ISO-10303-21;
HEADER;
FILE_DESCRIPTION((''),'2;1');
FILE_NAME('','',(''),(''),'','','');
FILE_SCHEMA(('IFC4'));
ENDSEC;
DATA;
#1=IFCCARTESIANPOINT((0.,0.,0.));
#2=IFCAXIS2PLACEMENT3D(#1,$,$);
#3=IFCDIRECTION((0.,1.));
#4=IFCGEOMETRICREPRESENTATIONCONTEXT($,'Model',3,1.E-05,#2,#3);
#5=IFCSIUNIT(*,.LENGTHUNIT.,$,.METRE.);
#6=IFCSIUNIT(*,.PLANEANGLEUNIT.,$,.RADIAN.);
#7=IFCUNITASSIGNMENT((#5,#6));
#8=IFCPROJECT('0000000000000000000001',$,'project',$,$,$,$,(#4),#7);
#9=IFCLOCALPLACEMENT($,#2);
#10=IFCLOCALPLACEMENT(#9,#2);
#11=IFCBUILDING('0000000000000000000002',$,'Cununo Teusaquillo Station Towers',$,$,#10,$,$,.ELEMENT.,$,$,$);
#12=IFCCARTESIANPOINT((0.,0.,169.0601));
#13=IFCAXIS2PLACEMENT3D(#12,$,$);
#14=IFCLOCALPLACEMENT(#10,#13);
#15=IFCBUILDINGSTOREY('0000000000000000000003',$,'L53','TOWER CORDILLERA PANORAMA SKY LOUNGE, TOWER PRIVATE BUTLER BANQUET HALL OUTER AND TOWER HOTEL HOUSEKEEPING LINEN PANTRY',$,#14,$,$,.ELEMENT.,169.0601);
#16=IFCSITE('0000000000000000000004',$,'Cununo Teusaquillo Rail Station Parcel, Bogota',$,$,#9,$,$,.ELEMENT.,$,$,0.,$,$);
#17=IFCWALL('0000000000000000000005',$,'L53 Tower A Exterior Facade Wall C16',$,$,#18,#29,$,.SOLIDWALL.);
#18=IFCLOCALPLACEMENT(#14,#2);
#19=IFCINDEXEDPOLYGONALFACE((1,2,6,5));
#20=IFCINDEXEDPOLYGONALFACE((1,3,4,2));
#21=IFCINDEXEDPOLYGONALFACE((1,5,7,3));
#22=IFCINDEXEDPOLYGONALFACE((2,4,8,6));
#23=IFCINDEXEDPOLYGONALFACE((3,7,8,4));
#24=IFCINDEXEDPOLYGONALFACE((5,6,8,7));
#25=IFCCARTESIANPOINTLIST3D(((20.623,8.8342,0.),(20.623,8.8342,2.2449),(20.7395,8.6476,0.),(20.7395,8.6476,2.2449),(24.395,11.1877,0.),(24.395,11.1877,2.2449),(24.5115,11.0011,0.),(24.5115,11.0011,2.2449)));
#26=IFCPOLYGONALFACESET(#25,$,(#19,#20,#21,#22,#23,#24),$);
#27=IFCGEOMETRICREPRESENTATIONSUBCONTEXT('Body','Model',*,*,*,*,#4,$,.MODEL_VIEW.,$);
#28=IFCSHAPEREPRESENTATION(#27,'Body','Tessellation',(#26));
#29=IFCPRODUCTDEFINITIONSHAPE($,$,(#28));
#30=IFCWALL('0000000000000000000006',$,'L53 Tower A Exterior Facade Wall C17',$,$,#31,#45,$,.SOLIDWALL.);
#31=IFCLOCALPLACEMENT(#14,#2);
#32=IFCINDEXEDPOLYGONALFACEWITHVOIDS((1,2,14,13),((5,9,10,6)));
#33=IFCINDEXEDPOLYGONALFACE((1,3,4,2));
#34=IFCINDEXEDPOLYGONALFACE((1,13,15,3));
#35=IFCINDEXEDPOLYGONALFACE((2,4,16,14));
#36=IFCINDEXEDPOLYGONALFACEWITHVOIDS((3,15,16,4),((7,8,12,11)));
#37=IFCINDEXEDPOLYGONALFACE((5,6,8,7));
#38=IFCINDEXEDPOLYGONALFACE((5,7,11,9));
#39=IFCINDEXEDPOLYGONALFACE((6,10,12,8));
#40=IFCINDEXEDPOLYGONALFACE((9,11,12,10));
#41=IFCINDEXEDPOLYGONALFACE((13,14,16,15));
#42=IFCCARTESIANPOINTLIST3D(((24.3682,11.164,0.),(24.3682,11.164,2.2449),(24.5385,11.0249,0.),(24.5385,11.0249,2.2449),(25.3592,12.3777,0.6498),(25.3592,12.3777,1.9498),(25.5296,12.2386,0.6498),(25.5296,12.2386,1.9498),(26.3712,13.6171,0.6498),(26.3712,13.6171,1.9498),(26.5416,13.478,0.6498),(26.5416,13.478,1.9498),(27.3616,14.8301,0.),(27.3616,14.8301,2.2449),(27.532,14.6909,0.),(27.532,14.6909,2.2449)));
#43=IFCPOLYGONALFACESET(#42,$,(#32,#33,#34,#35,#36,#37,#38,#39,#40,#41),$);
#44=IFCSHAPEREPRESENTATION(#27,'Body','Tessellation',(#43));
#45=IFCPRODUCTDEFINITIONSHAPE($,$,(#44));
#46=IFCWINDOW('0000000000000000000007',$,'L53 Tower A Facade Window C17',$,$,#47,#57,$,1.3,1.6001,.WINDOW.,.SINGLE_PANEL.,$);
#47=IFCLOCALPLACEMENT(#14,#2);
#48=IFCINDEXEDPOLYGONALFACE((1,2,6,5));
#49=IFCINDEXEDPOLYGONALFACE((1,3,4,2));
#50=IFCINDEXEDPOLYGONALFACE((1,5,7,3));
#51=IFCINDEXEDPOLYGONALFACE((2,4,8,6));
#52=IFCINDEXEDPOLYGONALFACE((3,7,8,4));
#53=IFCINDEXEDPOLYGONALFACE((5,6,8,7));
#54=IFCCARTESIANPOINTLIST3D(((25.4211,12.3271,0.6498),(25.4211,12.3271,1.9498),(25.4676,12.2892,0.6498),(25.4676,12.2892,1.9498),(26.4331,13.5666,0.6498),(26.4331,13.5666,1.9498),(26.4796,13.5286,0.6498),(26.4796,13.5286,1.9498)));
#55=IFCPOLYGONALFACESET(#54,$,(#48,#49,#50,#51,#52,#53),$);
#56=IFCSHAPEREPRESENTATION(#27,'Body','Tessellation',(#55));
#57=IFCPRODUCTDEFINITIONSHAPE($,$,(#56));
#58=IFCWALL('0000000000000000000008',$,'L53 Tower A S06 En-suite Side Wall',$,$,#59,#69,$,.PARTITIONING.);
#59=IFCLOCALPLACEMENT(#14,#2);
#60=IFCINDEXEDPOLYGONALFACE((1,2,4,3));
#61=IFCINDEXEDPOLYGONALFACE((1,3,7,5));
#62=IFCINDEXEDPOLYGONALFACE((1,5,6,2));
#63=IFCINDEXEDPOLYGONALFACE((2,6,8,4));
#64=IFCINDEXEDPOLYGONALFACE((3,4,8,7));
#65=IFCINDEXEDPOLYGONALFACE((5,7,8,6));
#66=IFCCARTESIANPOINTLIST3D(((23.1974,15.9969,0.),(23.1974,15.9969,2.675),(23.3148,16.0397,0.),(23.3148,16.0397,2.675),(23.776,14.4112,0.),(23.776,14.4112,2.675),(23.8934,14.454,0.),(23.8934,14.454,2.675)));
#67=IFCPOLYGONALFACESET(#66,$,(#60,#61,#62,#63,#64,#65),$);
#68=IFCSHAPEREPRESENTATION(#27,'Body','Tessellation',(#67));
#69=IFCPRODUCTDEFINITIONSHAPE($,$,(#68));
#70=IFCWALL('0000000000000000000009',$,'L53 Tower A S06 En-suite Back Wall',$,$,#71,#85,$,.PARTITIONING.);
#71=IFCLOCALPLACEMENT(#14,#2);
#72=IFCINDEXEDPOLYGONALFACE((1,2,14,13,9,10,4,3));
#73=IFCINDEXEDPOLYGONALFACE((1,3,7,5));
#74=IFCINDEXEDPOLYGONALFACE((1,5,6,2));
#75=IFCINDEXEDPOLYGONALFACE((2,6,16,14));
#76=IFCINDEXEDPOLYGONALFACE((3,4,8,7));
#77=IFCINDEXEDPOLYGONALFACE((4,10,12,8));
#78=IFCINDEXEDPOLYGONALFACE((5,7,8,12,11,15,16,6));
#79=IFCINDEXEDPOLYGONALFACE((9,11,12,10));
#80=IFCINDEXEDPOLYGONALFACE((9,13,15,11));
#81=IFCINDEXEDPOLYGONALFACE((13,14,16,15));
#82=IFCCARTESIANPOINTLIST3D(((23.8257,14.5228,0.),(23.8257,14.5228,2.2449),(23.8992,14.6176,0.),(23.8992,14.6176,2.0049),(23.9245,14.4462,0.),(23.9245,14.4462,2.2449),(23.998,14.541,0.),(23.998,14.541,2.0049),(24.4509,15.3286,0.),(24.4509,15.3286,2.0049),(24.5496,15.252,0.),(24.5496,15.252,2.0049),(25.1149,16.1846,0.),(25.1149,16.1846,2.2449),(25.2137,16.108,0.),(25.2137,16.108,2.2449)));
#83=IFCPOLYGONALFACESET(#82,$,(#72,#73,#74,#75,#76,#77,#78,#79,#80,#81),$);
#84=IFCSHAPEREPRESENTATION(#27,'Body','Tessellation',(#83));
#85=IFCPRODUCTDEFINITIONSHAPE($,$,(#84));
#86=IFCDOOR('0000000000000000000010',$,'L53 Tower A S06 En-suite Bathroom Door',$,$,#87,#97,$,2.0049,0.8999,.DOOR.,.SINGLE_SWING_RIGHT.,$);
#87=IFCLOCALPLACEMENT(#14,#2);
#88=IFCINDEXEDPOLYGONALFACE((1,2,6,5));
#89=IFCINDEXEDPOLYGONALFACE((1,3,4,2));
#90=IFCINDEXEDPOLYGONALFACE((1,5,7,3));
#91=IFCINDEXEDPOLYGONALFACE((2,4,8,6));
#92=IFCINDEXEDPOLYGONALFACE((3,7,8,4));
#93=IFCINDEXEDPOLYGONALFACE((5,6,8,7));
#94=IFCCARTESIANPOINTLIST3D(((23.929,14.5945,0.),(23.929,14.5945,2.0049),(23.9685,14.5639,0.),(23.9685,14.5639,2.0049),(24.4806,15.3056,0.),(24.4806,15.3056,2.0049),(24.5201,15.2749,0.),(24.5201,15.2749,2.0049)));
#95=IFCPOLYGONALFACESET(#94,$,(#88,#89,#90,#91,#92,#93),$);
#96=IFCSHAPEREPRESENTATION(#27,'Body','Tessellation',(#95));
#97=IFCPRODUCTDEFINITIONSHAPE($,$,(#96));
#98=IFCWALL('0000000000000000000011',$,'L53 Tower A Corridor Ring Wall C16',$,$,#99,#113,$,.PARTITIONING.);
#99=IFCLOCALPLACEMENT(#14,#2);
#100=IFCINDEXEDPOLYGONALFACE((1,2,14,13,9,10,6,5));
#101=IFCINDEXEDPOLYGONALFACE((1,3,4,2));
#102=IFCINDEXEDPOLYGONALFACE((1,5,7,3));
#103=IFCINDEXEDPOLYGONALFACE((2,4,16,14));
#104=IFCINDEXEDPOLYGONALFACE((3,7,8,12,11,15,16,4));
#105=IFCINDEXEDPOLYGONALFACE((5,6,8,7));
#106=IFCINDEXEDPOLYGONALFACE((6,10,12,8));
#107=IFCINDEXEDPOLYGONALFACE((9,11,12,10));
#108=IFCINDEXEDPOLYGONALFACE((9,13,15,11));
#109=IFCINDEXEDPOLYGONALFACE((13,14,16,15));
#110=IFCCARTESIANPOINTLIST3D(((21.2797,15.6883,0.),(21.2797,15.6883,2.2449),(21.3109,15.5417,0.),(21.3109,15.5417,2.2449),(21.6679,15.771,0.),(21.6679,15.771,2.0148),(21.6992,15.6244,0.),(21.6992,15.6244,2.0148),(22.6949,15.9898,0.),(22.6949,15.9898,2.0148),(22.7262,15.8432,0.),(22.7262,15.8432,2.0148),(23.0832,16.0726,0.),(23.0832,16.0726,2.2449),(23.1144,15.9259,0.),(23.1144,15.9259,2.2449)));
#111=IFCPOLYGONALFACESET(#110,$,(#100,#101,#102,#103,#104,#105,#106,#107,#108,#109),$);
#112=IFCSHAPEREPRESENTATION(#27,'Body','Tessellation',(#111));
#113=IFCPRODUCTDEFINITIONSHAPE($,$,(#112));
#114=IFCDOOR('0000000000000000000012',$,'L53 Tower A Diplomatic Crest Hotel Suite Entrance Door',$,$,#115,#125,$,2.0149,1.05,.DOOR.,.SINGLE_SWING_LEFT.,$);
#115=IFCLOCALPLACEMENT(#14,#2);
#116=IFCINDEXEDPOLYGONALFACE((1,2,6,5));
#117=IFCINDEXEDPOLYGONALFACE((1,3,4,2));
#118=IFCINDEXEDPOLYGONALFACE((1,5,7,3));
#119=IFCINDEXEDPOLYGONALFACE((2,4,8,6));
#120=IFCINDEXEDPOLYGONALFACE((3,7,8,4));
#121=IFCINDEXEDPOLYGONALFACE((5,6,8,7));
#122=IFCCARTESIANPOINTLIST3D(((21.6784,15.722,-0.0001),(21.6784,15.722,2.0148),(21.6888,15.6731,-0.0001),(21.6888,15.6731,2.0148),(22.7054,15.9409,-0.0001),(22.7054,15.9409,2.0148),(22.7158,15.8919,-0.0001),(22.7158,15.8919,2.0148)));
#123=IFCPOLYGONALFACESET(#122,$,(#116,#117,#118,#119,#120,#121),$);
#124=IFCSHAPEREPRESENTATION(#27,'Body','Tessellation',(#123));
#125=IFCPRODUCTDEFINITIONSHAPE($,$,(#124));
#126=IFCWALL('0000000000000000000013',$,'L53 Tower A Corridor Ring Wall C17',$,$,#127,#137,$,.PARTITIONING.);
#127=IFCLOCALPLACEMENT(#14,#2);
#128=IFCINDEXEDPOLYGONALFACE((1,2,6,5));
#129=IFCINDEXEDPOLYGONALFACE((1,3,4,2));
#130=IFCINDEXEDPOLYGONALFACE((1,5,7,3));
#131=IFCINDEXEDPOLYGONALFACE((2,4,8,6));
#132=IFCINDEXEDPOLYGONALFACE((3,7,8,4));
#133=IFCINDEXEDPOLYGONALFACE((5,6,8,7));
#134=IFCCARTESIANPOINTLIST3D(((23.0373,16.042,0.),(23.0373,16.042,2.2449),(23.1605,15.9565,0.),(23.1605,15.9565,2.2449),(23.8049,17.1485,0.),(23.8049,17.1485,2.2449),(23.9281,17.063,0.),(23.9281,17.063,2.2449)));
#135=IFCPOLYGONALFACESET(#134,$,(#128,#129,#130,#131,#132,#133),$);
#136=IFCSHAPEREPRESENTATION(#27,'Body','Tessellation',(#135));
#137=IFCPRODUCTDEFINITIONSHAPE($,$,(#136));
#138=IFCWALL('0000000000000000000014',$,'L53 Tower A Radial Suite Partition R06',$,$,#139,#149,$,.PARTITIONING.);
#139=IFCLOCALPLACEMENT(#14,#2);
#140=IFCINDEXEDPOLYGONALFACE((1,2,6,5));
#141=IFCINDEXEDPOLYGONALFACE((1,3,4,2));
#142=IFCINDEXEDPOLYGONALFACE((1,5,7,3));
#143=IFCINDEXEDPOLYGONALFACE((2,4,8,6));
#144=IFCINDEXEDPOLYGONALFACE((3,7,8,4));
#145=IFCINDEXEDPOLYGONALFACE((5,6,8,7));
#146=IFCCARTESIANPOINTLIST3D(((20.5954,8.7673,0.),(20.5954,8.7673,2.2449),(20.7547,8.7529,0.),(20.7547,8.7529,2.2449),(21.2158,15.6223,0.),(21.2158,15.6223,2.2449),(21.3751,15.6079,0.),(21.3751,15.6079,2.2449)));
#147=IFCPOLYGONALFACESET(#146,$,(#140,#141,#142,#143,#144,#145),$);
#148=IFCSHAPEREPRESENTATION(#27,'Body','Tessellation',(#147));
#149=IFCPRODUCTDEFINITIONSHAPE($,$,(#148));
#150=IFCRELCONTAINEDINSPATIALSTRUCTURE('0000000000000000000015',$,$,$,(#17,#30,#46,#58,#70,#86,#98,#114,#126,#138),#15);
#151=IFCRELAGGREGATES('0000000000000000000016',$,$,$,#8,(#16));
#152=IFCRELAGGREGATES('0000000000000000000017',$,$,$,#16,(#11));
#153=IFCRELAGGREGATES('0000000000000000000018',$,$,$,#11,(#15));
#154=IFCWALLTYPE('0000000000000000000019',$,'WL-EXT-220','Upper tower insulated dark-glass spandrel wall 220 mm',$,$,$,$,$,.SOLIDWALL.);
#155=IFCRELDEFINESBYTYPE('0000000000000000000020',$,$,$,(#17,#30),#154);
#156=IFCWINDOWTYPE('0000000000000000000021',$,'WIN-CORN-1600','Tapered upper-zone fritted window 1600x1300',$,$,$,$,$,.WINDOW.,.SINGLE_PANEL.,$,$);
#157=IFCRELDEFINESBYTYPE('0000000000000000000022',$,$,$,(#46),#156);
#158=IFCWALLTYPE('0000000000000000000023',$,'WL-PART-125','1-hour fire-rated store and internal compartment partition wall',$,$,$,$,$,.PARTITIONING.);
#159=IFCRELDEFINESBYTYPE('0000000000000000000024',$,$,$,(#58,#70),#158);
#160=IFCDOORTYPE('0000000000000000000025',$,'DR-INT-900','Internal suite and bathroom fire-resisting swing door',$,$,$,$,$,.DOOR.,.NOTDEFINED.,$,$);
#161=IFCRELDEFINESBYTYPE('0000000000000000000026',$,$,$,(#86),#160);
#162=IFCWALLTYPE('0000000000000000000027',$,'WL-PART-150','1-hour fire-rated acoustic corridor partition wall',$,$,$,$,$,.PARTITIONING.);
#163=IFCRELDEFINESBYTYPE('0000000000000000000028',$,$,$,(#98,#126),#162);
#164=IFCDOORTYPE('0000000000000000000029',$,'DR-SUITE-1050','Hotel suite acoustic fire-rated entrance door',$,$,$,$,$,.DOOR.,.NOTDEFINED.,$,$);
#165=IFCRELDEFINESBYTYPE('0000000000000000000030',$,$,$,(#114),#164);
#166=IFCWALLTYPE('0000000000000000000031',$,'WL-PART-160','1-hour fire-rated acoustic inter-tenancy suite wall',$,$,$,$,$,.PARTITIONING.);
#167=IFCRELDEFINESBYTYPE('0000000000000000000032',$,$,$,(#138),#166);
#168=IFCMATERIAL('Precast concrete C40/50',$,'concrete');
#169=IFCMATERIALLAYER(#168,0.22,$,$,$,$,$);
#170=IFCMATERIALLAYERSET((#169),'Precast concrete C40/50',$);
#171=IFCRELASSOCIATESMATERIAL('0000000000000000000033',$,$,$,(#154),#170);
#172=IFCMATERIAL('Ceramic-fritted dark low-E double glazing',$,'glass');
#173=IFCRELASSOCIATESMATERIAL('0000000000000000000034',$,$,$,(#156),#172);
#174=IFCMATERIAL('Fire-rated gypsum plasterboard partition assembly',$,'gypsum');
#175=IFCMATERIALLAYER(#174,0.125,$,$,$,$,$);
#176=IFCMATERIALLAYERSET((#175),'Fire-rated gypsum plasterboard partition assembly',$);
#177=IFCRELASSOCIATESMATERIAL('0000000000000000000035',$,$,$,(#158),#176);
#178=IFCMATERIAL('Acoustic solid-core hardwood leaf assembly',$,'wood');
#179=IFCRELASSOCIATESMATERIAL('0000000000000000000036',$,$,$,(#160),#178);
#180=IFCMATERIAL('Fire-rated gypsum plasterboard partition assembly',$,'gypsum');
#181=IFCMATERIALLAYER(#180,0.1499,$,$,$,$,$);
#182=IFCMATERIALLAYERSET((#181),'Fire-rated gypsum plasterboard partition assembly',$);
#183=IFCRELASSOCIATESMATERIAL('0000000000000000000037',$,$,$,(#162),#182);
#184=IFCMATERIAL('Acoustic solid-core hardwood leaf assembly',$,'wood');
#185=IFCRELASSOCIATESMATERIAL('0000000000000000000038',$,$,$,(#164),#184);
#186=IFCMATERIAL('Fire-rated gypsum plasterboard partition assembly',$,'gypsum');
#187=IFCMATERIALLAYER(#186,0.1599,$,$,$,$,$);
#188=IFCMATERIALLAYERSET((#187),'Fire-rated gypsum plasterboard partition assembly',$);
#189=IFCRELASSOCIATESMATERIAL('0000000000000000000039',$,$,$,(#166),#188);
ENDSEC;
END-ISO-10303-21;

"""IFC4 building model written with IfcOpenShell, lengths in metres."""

from ifc_helpers import new_model, si_unit, direction, frame, frame_2d, origin, place, context, subcontext, project, spatial, rectangle, extrude, source, transform, mapped, material, layer, layer_set, type_object, element, fill, save


model = new_model("IFC4")

# Units and contexts
model_context = context("Model", 3, precision=1e-05, world=origin(), true_north=direction((0.0, 1.0)))
body_context = subcontext(model_context, "Body", "Model", "MODEL_VIEW")
ifc_project = project(units=[si_unit("LENGTHUNIT", "METRE"), si_unit("PLANEANGLEUNIT", "RADIAN")], contexts=[model_context])

# Site, building, storey
site_placement = place(None, origin())
site = spatial("IfcSite", under=ifc_project, at=site_placement, Name="Cununo Teusaquillo Rail Station Parcel, Bogota", CompositionType="ELEMENT", RefElevation=0.0)
building_placement = place(site_placement, origin())
building = spatial("IfcBuilding", under=site, at=building_placement, Name="Cununo Teusaquillo Station Towers", CompositionType="ELEMENT")
storey_placement = place(building_placement, frame((0.0, 0.0, 169.0601)))
storey = spatial("IfcBuildingStorey", under=building, at=storey_placement, Name="L53", Description="TOWER CORDILLERA PANORAMA SKY LOUNGE, TOWER PRIVATE BUTLER BANQUET HALL OUTER AND TOWER HOTEL HOUSEKEEPING LINEN PANTRY", CompositionType="ELEMENT", Elevation=169.0601)

# Shared definitions
ifc_material_1 = material(Name="Precast concrete C40/50", Category="concrete")
ifc_layer_1 = layer(ifc_material_1, 0.22)
ifc_layer_set_1 = layer_set([ifc_layer_1], Name="Precast concrete C40/50")
wall_type_1 = type_object("IfcWallType", Name="WL-EXT-220", Description="Upper tower insulated dark-glass spandrel wall 220 mm", PredefinedType="SOLIDWALL", material=ifc_layer_set_1)
shared_shape_1 = source(origin(), body_context, "Body", "SweptSolid", [
    extrude(rectangle(XDim=1.6001, YDim=1.3, at=frame_2d((0.8, 0.6499))), frame((0.0, 0.1199, 0.0), z_axis=(0.0, -1.0, 0.0), x_axis=(1.0, 0.0, 0.0)), (0.0, 0.0, 1.0), 0.24),
])
ifc_material_2 = material(Name="Ceramic-fritted dark low-E double glazing", Category="glass")
window_type = type_object("IfcWindowType", Name="WIN-CORN-1600", Description="Tapered upper-zone fritted window 1600x1300", PartitioningType="SINGLE_PANEL", PredefinedType="WINDOW", material=ifc_material_2)
shared_shape_2 = source(origin(), body_context, "Body", "SweptSolid", [
    extrude(rectangle(XDim=1.6001, YDim=1.3, at=frame_2d((0.8, 0.6499))), frame((0.0, 0.03, 0.0), z_axis=(0.0, -1.0, 0.0), x_axis=(1.0, 0.0, 0.0)), (0.0, 0.0, 1.0), 0.0601),
])

# Wall
wall_1_placement = place(storey_placement, frame((24.4534, 11.0945, 0.0), z_axis=(0.0, 0.0, 1.0), x_axis=(-0.848399, -0.529357, 0.0)))
element("IfcWall", 1, at=wall_1_placement, inside=storey, type_object=wall_type_1, Name="L53 Tower A Exterior Facade Wall C16", PredefinedType="SOLIDWALL", context=body_context, shape_type="SweptSolid", body=[
    extrude(rectangle(XDim=4.446, YDim=0.22, at=frame_2d((2.2231, 0.0))), origin(), (0.0, 0.0, 1.0), 2.2449),
])

# Wall, opening, window
wall_2_placement = place(storey_placement, frame((27.4468, 14.7605, 0.0), z_axis=(0.0, 0.0, 1.0), x_axis=(-0.632471, -0.774584, 0.0)))
wall_2 = element("IfcWall", 2, at=wall_2_placement, inside=storey, type_object=wall_type_1, Name="L53 Tower A Exterior Facade Wall C17", PredefinedType="SOLIDWALL", context=body_context, shape_type="SweptSolid", body=[
    extrude(rectangle(XDim=4.7329, YDim=0.22, at=frame_2d((2.3665, 0.0))), origin(), (0.0, 0.0, 1.0), 2.2449),
])
opening_1_placement = place(wall_2_placement, frame((1.5659, 0.0, 0.6499)))
opening_1 = element("IfcOpeningElement", 3, at=opening_1_placement, cuts=wall_2, PredefinedType="OPENING", context=body_context, shape_type="MappedRepresentation", body=[
    mapped(shared_shape_1, transform((0.0, 0.0, 0.0), x_axis=(1.0, 0.0, 0.0), y_axis=(0.0, 1.0, 0.0), z_axis=(0.0, 0.0, 1.0), scale=1.0)),
])
window_1_placement = place(opening_1_placement, origin())
window_1 = element("IfcWindow", 4, at=window_1_placement, inside=storey, type_object=window_type, Name="L53 Tower A Facade Window C17", OverallHeight=1.3, OverallWidth=1.6001, PartitioningType="SINGLE_PANEL", PredefinedType="WINDOW", context=body_context, shape_type="MappedRepresentation", body=[
    mapped(shared_shape_2, transform((0.0, 0.0, 0.0), x_axis=(1.0, 0.0, 0.0), y_axis=(0.0, 1.0, 0.0), z_axis=(0.0, 0.0, 1.0), scale=1.0)),
])
fill(opening_1, window_1)

# Wall
ifc_material_3 = material(Name="Fire-rated gypsum plasterboard partition assembly", Category="gypsum")
ifc_layer_2 = layer(ifc_material_3, 0.125)
ifc_layer_set_2 = layer_set([ifc_layer_2], Name="Fire-rated gypsum plasterboard partition assembly")
wall_type_2 = type_object("IfcWallType", Name="WL-PART-125", Description="1-hour fire-rated store and internal compartment partition wall", PredefinedType="PARTITIONING", material=ifc_layer_set_2)
wall_3_placement = place(storey_placement, frame((23.2561, 16.0183, 0.0), z_axis=(0.0, 0.0, 1.0), x_axis=(0.342788, -0.939413, 0.0)))
element("IfcWall", 5, at=wall_3_placement, inside=storey, type_object=wall_type_2, Name="L53 Tower A S06 En-suite Side Wall", PredefinedType="PARTITIONING", context=body_context, shape_type="SweptSolid", body=[
    extrude(rectangle(XDim=1.688, YDim=0.125, at=frame_2d((0.844, 0.0))), origin(), (0.0, 0.0, 1.0), 2.675),
])

# Walls, openings, doors
wall_4_placement = place(storey_placement, frame((23.875, 14.4844, 0.0), z_axis=(0.0, 0.0, 1.0), x_axis=(0.612976, 0.790102, 0.0)))
wall_4 = element("IfcWall", 6, at=wall_4_placement, inside=storey, type_object=wall_type_2, Name="L53 Tower A S06 En-suite Back Wall", PredefinedType="PARTITIONING", context=body_context, shape_type="SweptSolid", body=[
    extrude(rectangle(XDim=2.1033, YDim=0.125, at=frame_2d((1.0518, 0.0))), origin(), (0.0, 0.0, 1.0), 2.2449),
])
shared_shape_3 = source(origin(), body_context, "Body", "SweptSolid", [
    extrude(rectangle(XDim=0.8999, YDim=2.0049, at=frame_2d((0.45, 1.0024))), frame((0.0, 0.0725, 0.0), z_axis=(0.0, -1.0, 0.0), x_axis=(1.0, 0.0, 0.0)), (0.0, 0.0, 1.0), 0.145),
])
opening_2_placement = place(wall_4_placement, frame((0.1201, 0.0, 0.0)))
opening_2 = element("IfcOpeningElement", 7, at=opening_2_placement, cuts=wall_4, PredefinedType="OPENING", context=body_context, shape_type="MappedRepresentation", body=[
    mapped(shared_shape_3, transform((0.0, 0.0, 0.0), x_axis=(1.0, 0.0, 0.0), y_axis=(0.0, 1.0, 0.0), z_axis=(0.0, 0.0, 1.0), scale=1.0)),
])
ifc_material_4 = material(Name="Acoustic solid-core hardwood leaf assembly", Category="wood")
door_type_1 = type_object("IfcDoorType", Name="DR-INT-900", Description="Internal suite and bathroom fire-resisting swing door", OperationType="NOTDEFINED", PredefinedType="DOOR", material=ifc_material_4)
shared_shape_4 = source(origin(), body_context, "Body", "SweptSolid", [
    extrude(rectangle(XDim=0.8999, YDim=2.0049, at=frame_2d((0.45, 1.0024))), frame((0.0, 0.0249, 0.0), z_axis=(0.0, -1.0, 0.0), x_axis=(1.0, 0.0, 0.0)), (0.0, 0.0, 1.0), 0.05),
])
door_1_placement = place(opening_2_placement, origin())
door_1 = element("IfcDoor", 8, at=door_1_placement, inside=storey, type_object=door_type_1, Name="L53 Tower A S06 En-suite Bathroom Door", OperationType="SINGLE_SWING_RIGHT", OverallHeight=2.0049, OverallWidth=0.8999, PredefinedType="DOOR", context=body_context, shape_type="MappedRepresentation", body=[
    mapped(shared_shape_4, transform((0.0, 0.0, 0.0), x_axis=(1.0, 0.0, 0.0), y_axis=(0.0, 1.0, 0.0), z_axis=(0.0, 0.0, 1.0), scale=1.0)),
])
fill(opening_2, door_1)
ifc_material_5 = material(Name="Fire-rated gypsum plasterboard partition assembly", Category="gypsum")
ifc_layer_3 = layer(ifc_material_5, 0.1499)
ifc_layer_set_3 = layer_set([ifc_layer_3], Name="Fire-rated gypsum plasterboard partition assembly")
wall_type_3 = type_object("IfcWallType", Name="WL-PART-150", Description="1-hour fire-rated acoustic corridor partition wall", PredefinedType="PARTITIONING", material=ifc_layer_set_3)
wall_5_placement = place(storey_placement, frame((21.2954, 15.615, 0.0), z_axis=(0.0, 0.0, 1.0), x_axis=(0.978044, 0.208399, 0.0)))
wall_5 = element("IfcWall", 9, at=wall_5_placement, inside=storey, type_object=wall_type_3, Name="L53 Tower A Corridor Ring Wall C16", PredefinedType="PARTITIONING", context=body_context, shape_type="SweptSolid", body=[
    extrude(rectangle(XDim=1.844, YDim=0.1499, at=frame_2d((0.9219, 0.0))), origin(), (0.0, 0.0, 1.0), 2.2449),
])
shared_shape_5 = source(origin(), body_context, "Body", "SweptSolid", [
    extrude(rectangle(XDim=1.05, YDim=2.0149, at=frame_2d((0.5249, 1.0073))), frame((0.0, 0.085, 0.0), z_axis=(0.0, -1.0, 0.0), x_axis=(1.0, 0.0, 0.0)), (0.0, 0.0, 1.0), 0.1699),
])
opening_3_placement = place(wall_5_placement, frame((0.397, 0.0, 0.0)))
opening_3 = element("IfcOpeningElement", 10, at=opening_3_placement, cuts=wall_5, PredefinedType="OPENING", context=body_context, shape_type="MappedRepresentation", body=[
    mapped(shared_shape_5, transform((0.0, 0.0, 0.0), x_axis=(1.0, 0.0, 0.0), y_axis=(0.0, 1.0, 0.0), z_axis=(0.0, 0.0, 1.0), scale=1.0)),
])
ifc_material_6 = material(Name="Acoustic solid-core hardwood leaf assembly", Category="wood")
door_type_2 = type_object("IfcDoorType", Name="DR-SUITE-1050", Description="Hotel suite acoustic fire-rated entrance door", OperationType="NOTDEFINED", PredefinedType="DOOR", material=ifc_material_6)
shared_shape_6 = source(origin(), body_context, "Body", "SweptSolid", [
    extrude(rectangle(XDim=1.05, YDim=2.0149, at=frame_2d((0.5249, 1.0073))), frame((0.0, 0.0249, 0.0), z_axis=(0.0, -1.0, 0.0), x_axis=(1.0, 0.0, 0.0)), (0.0, 0.0, 1.0), 0.05),
])
door_2_placement = place(opening_3_placement, origin())
door_2 = element("IfcDoor", 11, at=door_2_placement, inside=storey, type_object=door_type_2, Name="L53 Tower A Diplomatic Crest Hotel Suite Entrance Door", OperationType="SINGLE_SWING_LEFT", OverallHeight=2.0149, OverallWidth=1.05, PredefinedType="DOOR", context=body_context, shape_type="MappedRepresentation", body=[
    mapped(shared_shape_6, transform((0.0, 0.0, 0.0), x_axis=(1.0, 0.0, 0.0), y_axis=(0.0, 1.0, 0.0), z_axis=(0.0, 0.0, 1.0), scale=1.0)),
])
fill(opening_3, door_2)

# Walls
wall_6_placement = place(storey_placement, frame((23.0989, 15.9993, 0.0), z_axis=(0.0, 0.0, 1.0), x_axis=(0.570002, 0.821644, 0.0)))
element("IfcWall", 12, at=wall_6_placement, inside=storey, type_object=wall_type_3, Name="L53 Tower A Corridor Ring Wall C17", PredefinedType="PARTITIONING", context=body_context, shape_type="SweptSolid", body=[
    extrude(rectangle(XDim=1.3467, YDim=0.1499, at=frame_2d((0.6733, 0.0))), origin(), (0.0, 0.0, 1.0), 2.2449),
])
ifc_material_7 = material(Name="Fire-rated gypsum plasterboard partition assembly", Category="gypsum")
ifc_layer_4 = layer(ifc_material_7, 0.1599)
ifc_layer_set_4 = layer_set([ifc_layer_4], Name="Fire-rated gypsum plasterboard partition assembly")
wall_type_4 = type_object("IfcWallType", Name="WL-PART-160", Description="1-hour fire-rated acoustic inter-tenancy suite wall", PredefinedType="PARTITIONING", material=ifc_layer_set_4)
wall_7_placement = place(storey_placement, frame((21.2954, 15.615, 0.0), z_axis=(0.0, 0.0, 1.0), x_axis=(-0.09013, -0.99593, 0.0)))
element("IfcWall", 13, at=wall_7_placement, inside=storey, type_object=wall_type_4, Name="L53 Tower A Radial Suite Partition R06", PredefinedType="PARTITIONING", context=body_context, shape_type="SweptSolid", body=[
    extrude(rectangle(XDim=6.8831, YDim=0.1599, at=frame_2d((3.4414, 0.0))), origin(), (0.0, 0.0, 1.0), 2.2449),
])

save(model, "model.ifc")
